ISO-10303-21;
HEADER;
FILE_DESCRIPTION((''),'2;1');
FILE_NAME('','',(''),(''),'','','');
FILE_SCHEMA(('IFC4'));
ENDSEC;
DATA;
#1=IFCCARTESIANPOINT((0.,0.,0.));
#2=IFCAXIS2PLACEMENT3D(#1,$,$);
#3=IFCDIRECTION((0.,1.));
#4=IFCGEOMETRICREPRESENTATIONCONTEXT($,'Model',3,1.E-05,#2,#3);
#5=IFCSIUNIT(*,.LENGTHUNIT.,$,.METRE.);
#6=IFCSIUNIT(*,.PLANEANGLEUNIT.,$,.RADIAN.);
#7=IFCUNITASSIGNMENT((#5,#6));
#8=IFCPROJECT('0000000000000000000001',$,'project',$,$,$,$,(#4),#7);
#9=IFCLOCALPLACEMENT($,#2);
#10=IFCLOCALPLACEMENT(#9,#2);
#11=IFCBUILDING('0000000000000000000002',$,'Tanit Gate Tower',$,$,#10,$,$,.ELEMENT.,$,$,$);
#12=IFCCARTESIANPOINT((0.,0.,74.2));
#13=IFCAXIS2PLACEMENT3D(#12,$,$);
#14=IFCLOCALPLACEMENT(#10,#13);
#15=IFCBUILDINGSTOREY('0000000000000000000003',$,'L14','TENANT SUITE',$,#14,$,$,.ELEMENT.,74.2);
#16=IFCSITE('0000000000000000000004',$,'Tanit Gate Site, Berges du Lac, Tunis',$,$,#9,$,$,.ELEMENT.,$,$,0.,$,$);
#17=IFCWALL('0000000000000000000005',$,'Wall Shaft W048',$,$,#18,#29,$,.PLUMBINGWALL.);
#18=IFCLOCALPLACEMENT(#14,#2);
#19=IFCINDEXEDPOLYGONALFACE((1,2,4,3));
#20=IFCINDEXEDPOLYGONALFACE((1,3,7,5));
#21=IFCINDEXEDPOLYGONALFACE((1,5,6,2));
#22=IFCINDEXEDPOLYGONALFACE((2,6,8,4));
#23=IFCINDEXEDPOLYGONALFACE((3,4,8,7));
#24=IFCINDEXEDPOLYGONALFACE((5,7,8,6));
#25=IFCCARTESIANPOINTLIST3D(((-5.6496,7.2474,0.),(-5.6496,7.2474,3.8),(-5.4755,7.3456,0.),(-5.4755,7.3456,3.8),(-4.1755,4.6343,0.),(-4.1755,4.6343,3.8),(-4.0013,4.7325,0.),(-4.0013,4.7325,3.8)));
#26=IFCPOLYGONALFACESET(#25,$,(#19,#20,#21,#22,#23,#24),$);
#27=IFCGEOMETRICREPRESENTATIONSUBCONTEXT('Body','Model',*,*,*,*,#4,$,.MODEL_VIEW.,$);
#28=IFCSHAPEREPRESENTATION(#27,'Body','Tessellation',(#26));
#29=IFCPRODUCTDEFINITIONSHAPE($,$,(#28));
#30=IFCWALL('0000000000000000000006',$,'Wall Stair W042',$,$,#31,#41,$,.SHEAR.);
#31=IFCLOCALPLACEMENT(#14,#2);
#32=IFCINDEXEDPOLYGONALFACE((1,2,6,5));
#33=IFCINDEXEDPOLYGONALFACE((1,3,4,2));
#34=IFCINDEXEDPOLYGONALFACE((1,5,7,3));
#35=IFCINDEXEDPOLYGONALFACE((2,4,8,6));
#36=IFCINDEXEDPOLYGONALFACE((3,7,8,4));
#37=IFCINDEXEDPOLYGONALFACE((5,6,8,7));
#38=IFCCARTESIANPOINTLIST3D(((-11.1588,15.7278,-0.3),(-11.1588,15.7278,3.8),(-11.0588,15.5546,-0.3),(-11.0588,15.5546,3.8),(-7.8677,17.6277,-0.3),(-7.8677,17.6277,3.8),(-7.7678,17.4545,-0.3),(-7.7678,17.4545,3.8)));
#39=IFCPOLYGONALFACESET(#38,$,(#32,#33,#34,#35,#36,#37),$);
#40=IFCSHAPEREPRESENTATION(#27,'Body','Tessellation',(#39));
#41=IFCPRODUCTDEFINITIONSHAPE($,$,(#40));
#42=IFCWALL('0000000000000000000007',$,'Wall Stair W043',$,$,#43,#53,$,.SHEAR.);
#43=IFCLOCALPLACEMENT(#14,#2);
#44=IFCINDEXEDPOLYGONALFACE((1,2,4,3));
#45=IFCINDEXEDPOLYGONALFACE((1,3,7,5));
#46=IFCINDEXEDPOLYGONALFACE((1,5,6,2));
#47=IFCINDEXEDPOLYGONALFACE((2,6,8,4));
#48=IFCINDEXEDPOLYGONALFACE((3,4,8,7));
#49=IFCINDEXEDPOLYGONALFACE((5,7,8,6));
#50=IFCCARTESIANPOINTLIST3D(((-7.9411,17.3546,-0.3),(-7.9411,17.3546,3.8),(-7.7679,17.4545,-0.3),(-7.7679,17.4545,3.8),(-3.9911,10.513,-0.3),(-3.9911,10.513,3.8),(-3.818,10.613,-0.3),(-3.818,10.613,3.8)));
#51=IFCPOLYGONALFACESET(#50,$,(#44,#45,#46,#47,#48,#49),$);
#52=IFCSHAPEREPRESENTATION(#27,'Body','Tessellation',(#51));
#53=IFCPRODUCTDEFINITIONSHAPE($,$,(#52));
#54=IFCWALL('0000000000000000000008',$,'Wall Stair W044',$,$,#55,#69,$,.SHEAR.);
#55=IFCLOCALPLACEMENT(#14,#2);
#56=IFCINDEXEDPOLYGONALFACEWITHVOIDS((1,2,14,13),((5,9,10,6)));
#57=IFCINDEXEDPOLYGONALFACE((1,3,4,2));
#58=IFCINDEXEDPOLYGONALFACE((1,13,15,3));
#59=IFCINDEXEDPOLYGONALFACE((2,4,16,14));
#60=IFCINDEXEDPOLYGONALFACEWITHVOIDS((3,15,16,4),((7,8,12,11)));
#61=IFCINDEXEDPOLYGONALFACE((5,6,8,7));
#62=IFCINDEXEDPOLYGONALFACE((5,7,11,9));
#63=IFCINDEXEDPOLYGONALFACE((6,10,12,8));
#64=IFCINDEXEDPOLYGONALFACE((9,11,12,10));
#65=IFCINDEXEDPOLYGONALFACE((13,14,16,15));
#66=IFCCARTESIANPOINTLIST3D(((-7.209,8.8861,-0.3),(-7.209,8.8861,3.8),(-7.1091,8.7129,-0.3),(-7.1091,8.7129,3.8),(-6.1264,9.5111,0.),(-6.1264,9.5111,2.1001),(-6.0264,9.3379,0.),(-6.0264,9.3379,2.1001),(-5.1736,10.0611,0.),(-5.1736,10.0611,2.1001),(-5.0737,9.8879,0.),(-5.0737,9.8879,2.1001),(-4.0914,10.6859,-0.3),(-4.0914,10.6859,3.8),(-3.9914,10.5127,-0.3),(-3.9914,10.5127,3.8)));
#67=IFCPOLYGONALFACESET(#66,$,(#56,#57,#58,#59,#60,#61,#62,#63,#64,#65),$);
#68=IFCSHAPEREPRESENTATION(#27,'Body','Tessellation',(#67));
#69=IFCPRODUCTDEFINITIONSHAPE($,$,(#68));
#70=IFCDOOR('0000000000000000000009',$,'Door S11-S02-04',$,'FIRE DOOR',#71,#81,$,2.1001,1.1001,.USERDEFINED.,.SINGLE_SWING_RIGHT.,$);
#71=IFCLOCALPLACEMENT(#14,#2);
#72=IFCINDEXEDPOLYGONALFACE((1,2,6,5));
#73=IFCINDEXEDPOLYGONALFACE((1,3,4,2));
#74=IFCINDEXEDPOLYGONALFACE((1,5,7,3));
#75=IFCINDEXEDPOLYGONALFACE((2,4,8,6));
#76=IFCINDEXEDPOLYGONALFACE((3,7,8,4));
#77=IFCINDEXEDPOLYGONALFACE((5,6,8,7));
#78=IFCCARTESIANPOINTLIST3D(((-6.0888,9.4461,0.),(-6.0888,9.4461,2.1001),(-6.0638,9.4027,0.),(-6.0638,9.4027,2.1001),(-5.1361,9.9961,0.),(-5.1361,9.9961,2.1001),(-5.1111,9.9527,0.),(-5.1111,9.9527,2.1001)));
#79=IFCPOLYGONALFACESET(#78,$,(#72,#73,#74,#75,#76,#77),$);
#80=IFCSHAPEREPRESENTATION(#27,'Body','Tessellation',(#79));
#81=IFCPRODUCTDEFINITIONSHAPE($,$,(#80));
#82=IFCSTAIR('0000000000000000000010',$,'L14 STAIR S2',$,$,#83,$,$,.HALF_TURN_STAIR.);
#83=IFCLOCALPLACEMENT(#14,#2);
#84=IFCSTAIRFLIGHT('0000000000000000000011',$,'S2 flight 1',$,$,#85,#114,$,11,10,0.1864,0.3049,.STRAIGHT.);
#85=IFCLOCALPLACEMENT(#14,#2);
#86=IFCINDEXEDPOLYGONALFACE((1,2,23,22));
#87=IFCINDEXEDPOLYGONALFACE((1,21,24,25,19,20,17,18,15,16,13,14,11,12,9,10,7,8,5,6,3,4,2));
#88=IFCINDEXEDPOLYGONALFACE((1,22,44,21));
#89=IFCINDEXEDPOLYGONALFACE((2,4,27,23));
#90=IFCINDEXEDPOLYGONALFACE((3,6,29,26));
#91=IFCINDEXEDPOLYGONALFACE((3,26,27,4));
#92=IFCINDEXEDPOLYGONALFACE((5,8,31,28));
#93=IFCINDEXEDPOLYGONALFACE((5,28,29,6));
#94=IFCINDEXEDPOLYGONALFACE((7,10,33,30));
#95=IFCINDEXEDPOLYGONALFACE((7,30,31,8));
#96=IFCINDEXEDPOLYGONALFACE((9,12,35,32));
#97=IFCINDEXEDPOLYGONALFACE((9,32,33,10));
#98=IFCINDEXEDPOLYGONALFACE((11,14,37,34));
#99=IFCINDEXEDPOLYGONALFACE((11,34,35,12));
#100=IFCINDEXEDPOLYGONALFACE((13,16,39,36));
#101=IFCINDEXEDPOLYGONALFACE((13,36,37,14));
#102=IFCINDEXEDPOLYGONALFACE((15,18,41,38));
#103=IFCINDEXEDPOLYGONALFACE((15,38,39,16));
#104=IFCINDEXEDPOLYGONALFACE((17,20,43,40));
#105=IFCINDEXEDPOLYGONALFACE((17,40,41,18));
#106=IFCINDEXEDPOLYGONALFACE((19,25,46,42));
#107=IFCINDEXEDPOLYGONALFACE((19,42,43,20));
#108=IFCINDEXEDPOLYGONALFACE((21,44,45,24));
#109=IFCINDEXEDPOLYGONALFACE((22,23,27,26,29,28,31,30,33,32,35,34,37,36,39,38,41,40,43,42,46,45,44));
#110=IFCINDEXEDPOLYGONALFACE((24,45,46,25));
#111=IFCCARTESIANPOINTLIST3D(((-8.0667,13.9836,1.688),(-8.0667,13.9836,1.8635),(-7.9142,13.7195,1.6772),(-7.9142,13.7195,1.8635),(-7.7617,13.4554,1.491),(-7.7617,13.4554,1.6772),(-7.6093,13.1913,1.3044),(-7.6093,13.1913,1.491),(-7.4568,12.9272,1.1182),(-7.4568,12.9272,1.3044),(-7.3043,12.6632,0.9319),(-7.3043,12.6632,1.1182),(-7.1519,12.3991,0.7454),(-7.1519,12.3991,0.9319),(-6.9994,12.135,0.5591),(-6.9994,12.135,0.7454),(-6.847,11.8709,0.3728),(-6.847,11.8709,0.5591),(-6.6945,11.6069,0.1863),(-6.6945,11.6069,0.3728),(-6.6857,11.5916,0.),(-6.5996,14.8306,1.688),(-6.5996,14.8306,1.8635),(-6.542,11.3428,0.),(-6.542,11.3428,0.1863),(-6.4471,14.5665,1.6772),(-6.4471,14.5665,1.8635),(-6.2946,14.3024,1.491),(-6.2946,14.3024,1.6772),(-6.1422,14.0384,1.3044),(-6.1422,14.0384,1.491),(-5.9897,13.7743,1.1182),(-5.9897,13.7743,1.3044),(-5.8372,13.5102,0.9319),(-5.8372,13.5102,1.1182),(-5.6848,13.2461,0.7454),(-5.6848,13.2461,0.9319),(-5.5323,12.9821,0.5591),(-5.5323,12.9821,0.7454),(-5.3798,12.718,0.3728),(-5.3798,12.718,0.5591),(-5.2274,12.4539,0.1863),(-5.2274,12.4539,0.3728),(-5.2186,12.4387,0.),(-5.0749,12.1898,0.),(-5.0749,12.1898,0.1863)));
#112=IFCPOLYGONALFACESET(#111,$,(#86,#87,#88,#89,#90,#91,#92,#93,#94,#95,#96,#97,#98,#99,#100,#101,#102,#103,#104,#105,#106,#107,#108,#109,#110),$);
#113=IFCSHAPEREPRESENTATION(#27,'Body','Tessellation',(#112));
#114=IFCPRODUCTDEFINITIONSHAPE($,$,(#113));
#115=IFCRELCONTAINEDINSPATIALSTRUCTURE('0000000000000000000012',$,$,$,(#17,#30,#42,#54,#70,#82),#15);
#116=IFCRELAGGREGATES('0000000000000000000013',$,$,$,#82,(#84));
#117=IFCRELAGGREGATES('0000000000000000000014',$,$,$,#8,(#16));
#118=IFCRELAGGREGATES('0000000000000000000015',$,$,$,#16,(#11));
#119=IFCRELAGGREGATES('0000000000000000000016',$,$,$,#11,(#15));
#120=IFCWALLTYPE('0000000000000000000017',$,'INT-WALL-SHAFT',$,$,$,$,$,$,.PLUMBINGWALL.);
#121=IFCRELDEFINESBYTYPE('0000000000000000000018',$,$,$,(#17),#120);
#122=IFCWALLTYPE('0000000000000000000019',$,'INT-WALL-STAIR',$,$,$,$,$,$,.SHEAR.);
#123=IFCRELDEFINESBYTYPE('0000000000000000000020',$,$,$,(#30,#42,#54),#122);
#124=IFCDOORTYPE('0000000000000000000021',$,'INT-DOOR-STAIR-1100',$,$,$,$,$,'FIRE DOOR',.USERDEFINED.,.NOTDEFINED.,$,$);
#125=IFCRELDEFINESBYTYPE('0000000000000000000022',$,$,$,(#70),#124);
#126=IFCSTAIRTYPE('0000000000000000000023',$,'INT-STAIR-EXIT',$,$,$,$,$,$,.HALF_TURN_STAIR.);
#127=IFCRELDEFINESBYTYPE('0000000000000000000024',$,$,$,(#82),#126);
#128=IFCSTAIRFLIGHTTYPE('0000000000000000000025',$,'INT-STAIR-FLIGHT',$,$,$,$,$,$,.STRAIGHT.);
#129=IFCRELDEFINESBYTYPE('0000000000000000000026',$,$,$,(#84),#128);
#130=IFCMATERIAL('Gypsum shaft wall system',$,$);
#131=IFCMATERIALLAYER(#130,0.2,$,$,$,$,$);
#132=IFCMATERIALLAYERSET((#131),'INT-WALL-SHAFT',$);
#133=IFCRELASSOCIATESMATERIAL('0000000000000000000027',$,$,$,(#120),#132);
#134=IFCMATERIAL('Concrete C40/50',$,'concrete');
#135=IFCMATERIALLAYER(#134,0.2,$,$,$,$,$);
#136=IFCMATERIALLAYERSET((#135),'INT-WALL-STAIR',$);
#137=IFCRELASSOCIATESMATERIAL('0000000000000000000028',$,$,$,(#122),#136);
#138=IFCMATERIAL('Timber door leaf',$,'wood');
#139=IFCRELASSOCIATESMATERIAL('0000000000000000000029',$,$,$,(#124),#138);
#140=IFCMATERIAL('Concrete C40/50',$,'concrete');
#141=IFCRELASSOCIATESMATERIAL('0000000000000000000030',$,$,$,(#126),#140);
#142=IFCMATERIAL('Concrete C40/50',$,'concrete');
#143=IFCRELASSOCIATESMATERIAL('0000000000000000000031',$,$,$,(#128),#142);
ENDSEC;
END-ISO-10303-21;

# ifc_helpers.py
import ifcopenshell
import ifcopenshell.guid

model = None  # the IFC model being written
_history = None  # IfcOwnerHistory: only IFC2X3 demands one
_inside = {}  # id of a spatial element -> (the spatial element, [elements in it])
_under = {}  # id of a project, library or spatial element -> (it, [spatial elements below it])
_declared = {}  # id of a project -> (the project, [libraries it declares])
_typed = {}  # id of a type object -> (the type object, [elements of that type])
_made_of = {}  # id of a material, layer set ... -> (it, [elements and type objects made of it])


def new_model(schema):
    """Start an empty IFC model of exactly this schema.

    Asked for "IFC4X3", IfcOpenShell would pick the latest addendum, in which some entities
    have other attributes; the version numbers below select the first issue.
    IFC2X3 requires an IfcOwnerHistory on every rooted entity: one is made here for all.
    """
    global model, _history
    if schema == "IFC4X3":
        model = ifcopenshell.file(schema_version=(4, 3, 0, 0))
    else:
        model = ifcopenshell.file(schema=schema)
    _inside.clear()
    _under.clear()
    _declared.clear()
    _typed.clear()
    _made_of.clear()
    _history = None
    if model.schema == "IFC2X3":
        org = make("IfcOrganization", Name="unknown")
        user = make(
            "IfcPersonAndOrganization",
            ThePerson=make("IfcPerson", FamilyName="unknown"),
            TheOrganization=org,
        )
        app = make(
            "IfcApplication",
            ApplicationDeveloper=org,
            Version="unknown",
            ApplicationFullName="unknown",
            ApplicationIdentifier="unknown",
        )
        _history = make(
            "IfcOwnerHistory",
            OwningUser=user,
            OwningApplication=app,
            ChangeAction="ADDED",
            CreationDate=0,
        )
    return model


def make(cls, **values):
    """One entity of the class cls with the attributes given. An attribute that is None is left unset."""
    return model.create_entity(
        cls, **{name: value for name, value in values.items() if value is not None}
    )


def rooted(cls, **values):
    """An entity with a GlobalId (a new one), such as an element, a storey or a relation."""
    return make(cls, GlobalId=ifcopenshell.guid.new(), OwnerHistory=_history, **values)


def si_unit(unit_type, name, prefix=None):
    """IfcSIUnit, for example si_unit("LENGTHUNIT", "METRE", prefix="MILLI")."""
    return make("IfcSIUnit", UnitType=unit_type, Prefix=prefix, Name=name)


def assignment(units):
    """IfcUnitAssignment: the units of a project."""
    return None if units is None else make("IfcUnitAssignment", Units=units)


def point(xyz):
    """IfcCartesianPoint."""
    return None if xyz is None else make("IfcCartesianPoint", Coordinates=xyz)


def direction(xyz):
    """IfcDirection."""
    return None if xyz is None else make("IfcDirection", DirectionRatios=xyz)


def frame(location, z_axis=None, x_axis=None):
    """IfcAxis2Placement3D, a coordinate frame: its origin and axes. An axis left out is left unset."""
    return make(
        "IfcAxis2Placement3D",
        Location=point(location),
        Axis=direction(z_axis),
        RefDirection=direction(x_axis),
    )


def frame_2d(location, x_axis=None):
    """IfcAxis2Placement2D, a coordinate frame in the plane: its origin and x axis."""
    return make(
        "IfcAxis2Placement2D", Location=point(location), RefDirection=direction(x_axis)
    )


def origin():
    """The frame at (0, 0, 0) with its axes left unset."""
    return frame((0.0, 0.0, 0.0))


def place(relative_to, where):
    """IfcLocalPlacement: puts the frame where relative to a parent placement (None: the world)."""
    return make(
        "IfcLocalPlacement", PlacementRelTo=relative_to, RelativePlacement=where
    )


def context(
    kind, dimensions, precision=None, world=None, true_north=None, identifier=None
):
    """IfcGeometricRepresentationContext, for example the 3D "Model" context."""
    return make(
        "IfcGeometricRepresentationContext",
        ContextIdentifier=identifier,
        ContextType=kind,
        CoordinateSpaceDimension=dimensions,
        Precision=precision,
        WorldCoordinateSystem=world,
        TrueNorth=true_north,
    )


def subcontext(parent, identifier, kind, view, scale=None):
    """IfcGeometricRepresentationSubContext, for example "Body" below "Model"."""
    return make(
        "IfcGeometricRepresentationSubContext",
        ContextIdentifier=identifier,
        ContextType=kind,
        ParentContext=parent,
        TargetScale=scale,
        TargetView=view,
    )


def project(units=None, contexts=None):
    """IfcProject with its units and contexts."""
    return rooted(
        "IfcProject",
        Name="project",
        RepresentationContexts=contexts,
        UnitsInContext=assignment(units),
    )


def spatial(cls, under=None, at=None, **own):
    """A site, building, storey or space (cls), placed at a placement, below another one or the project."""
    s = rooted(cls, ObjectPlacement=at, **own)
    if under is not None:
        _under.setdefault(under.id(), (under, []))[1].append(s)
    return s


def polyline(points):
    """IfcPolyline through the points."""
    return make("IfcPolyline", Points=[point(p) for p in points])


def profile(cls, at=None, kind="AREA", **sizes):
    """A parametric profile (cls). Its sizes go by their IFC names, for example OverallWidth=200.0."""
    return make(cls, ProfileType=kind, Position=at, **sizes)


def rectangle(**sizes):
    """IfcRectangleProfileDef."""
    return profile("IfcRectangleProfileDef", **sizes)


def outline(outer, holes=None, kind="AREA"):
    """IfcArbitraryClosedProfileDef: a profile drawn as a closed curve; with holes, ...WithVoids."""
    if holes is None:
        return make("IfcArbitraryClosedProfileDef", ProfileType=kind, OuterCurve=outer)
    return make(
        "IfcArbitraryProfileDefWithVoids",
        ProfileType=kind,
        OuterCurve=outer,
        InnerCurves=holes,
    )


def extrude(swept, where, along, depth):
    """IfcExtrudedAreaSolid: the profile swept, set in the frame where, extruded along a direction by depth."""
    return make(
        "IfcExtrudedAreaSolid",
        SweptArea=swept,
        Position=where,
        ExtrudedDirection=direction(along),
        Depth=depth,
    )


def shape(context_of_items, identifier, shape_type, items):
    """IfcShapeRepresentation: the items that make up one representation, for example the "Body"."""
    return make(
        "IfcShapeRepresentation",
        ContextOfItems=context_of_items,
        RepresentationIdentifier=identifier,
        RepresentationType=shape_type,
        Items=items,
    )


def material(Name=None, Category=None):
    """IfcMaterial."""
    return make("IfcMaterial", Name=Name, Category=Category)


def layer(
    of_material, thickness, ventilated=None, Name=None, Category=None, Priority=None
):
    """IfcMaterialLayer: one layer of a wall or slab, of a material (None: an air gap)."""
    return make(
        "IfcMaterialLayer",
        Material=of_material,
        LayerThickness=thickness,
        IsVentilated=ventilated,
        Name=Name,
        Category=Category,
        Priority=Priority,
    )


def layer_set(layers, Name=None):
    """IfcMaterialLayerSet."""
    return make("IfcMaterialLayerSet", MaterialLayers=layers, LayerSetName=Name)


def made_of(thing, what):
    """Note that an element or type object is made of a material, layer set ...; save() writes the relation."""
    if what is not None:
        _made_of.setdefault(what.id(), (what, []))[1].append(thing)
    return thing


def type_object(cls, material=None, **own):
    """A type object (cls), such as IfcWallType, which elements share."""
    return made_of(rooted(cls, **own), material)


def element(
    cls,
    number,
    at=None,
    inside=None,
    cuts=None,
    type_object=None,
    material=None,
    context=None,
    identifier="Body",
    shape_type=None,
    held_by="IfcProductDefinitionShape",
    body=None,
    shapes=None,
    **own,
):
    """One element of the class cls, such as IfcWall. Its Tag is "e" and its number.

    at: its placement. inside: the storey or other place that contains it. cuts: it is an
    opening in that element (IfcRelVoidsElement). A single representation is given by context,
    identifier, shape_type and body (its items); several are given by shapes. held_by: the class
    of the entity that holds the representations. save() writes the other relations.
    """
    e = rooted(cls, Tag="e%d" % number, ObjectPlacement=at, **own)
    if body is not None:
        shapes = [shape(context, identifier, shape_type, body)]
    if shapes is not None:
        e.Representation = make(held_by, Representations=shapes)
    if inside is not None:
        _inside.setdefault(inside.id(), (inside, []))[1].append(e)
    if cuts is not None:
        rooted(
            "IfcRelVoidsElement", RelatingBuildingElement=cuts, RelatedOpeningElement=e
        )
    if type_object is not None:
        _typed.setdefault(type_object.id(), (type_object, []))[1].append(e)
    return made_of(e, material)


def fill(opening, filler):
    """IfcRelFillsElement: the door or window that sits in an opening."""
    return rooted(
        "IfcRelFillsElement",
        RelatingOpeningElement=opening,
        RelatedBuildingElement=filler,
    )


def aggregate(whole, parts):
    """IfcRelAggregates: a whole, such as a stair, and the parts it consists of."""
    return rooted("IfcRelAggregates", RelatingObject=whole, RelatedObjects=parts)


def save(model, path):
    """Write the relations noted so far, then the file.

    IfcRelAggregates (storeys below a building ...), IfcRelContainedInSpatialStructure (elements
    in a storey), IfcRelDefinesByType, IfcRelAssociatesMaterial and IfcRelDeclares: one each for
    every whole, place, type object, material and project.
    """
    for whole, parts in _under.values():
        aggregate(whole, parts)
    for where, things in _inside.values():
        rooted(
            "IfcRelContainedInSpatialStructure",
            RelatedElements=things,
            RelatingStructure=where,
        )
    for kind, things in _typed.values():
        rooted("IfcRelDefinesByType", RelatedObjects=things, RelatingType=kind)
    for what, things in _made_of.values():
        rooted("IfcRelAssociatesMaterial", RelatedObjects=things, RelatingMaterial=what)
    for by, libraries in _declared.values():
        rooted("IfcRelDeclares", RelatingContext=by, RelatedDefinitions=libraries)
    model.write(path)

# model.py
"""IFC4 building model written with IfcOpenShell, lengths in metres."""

from ifc_helpers import new_model, si_unit, direction, frame, frame_2d, origin, place, context, subcontext, project, spatial, polyline, rectangle, outline, extrude, material, layer, layer_set, type_object, element, fill, aggregate, save


model = new_model("IFC4")

# Units and contexts
model_context = context("Model", 3, precision=1e-05, world=origin(), true_north=direction((0.0, 1.0)))
body_context = subcontext(model_context, "Body", "Model", "MODEL_VIEW")
ifc_project = project(units=[si_unit("LENGTHUNIT", "METRE"), si_unit("PLANEANGLEUNIT", "RADIAN")], contexts=[model_context])

# Site, building, storey
site_placement = place(None, origin())
site = spatial("IfcSite", under=ifc_project, at=site_placement, Name="Tanit Gate Site, Berges du Lac, Tunis", CompositionType="ELEMENT", RefElevation=0.0)
building_placement = place(site_placement, origin())
building = spatial("IfcBuilding", under=site, at=building_placement, Name="Tanit Gate Tower", CompositionType="ELEMENT")
storey_placement = place(building_placement, frame((0.0, 0.0, 74.2)))
storey = spatial("IfcBuildingStorey", under=building, at=storey_placement, Name="L14", Description="TENANT SUITE", CompositionType="ELEMENT", Elevation=74.2)

# Shared definitions
ifc_material_1 = material(Name="Gypsum shaft wall system")
ifc_layer_1 = layer(ifc_material_1, 0.2)
ifc_layer_set_1 = layer_set([ifc_layer_1], Name="INT-WALL-SHAFT")
wall_type_1 = type_object("IfcWallType", Name="INT-WALL-SHAFT", PredefinedType="PLUMBINGWALL", material=ifc_layer_set_1)

# Walls
wall_1_placement = place(storey_placement, frame((-5.5625, 7.2964, 0.0), z_axis=(0.0, 0.0, 1.0), x_axis=(0.491347, -0.870964, 0.0)))
element("IfcWall", 1, at=wall_1_placement, inside=storey, type_object=wall_type_1, Name="Wall Shaft W048", PredefinedType="PLUMBINGWALL", context=body_context, shape_type="SweptSolid", body=[
    extrude(rectangle(XDim=3.0002, YDim=0.2, at=frame_2d((1.5, 0.0))), origin(), (0.0, 0.0, 1.0), 3.8),
])
ifc_material_2 = material(Name="Concrete C40/50", Category="concrete")
ifc_layer_2 = layer(ifc_material_2, 0.2)
ifc_layer_set_2 = layer_set([ifc_layer_2], Name="INT-WALL-STAIR")
wall_type_2 = type_object("IfcWallType", Name="INT-WALL-STAIR", PredefinedType="SHEAR", material=ifc_layer_set_2)
wall_2_placement = place(storey_placement, frame((-7.8179, 17.541, -0.3), z_axis=(0.0, 0.0, 1.0), x_axis=(-0.866044, -0.499967, 0.0)))
element("IfcWall", 2, at=wall_2_placement, inside=storey, type_object=wall_type_2, Name="Wall Stair W042", PredefinedType="SHEAR", context=body_context, shape_type="SweptSolid", body=[
    extrude(rectangle(XDim=3.8, YDim=0.2, at=frame_2d((1.8999, 0.0))), origin(), (0.0, 0.0, 1.0), 4.1001),
])
wall_3_placement = place(storey_placement, frame((-7.8545, 17.4045, -0.3), z_axis=(0.0, 0.0, 1.0), x_axis=(0.499998, -0.866027, 0.0)))
element("IfcWall", 3, at=wall_3_placement, inside=storey, type_object=wall_type_2, Name="Wall Stair W043", PredefinedType="SHEAR", context=body_context, shape_type="SweptSolid", body=[
    extrude(rectangle(XDim=7.8999, YDim=0.2, at=frame_2d((3.95, 0.0))), origin(), (0.0, 0.0, 1.0), 4.1001),
])

# Wall, opening, door
wall_4_placement = place(storey_placement, frame((-7.1589, 8.7996, -0.3), z_axis=(0.0, 0.0, 1.0), x_axis=(0.866048, 0.499961, 0.0)))
wall_4 = element("IfcWall", 4, at=wall_4_placement, inside=storey, type_object=wall_type_2, Name="Wall Stair W044", PredefinedType="SHEAR", context=body_context, shape_type="SweptSolid", body=[
    extrude(rectangle(XDim=3.5999, YDim=0.2, at=frame_2d((1.7998, 0.0))), origin(), (0.0, 0.0, 1.0), 4.1001),
])
opening_1_placement = place(wall_4_placement, frame((1.25, 0.0, 0.3)))
opening_1 = element("IfcOpeningElement", 5, at=opening_1_placement, cuts=wall_4, PredefinedType="OPENING", context=body_context, shape_type="SweptSolid", body=[
    extrude(rectangle(XDim=1.1001, YDim=2.1001, at=frame_2d((0.55, 1.05))), frame((0.0, 0.1099, 0.0), z_axis=(0.0, -1.0, 0.0), x_axis=(1.0, 0.0, 0.0)), (0.0, 0.0, 1.0), 0.22),
])
ifc_material_3 = material(Name="Timber door leaf", Category="wood")
door_type_1 = type_object("IfcDoorType", Name="INT-DOOR-STAIR-1100", ElementType="FIRE DOOR", OperationType="NOTDEFINED", PredefinedType="USERDEFINED", material=ifc_material_3)
door_1_placement = place(opening_1_placement, origin())
door_1 = element("IfcDoor", 6, at=door_1_placement, inside=storey, type_object=door_type_1, Name="Door S11-S02-04", ObjectType="FIRE DOOR", OperationType="SINGLE_SWING_RIGHT", OverallHeight=2.1001, OverallWidth=1.1001, PredefinedType="USERDEFINED", context=body_context, shape_type="SweptSolid", body=[
    extrude(rectangle(XDim=1.1001, YDim=2.1001, at=frame_2d((0.55, 1.05))), frame((0.0, 0.0249, 0.0), z_axis=(0.0, -1.0, 0.0), x_axis=(1.0, 0.0, 0.0)), (0.0, 0.0, 1.0), 0.05),
])
fill(opening_1, door_1)

# Stair, stair flight
ifc_material_4 = material(Name="Concrete C40/50", Category="concrete")
stair_type = type_object("IfcStairType", Name="INT-STAIR-EXIT", PredefinedType="HALF_TURN_STAIR", material=ifc_material_4)
stair_placement = place(storey_placement, origin())
stair = element("IfcStair", 7, at=stair_placement, inside=storey, type_object=stair_type, Name="L14 STAIR S2", PredefinedType="HALF_TURN_STAIR")
ifc_material_5 = material(Name="Concrete C40/50", Category="concrete")
stair_flight_type = type_object("IfcStairFlightType", Name="INT-STAIR-FLIGHT", PredefinedType="STRAIGHT", material=ifc_material_5)
stair_flight_placement = place(storey_placement, frame((-5.8083, 11.7664, 0.0), z_axis=(0.0, 0.0, 1.0), x_axis=(-0.5, 0.866025, 0.0)))
stair_flight = element("IfcStairFlight", 8, at=stair_flight_placement, type_object=stair_flight_type, Name="S2 flight 1", NumberOfRisers=11, NumberOfTreads=10, PredefinedType="STRAIGHT", RiserHeight=0.1864, TreadLength=0.3049, context=body_context, shape_type="SweptSolid", body=[
    extrude(outline(polyline([(0.0, 0.0), (0.0, 0.1863), (0.3049, 0.1863), (0.3049, 0.3728), (0.6099, 0.3728), (0.6099, 0.5591), (0.9148, 0.5591), (0.9148, 0.7454), (1.2197, 0.7454), (1.2197, 0.9319), (1.5247, 0.9319), (1.5247, 1.1182), (1.8296, 1.1182), (1.8296, 1.3044), (2.1345, 1.3044), (2.1345, 1.491), (2.4395, 1.491), (2.4395, 1.6772), (2.7444, 1.6772), (2.7444, 1.8635), (3.0493, 1.8635), (3.0493, 2.05), (3.0493, 1.688), (0.2874, 0.0), (0.0, 0.0)])), frame((0.0, 0.8472, 0.0), z_axis=(0.0, -1.0, 0.0), x_axis=(1.0, 0.0, 0.0)), (0.0, 0.0, 1.0), 1.6941),
])
aggregate(stair, [stair_flight])

save(model, "model.ifc")
